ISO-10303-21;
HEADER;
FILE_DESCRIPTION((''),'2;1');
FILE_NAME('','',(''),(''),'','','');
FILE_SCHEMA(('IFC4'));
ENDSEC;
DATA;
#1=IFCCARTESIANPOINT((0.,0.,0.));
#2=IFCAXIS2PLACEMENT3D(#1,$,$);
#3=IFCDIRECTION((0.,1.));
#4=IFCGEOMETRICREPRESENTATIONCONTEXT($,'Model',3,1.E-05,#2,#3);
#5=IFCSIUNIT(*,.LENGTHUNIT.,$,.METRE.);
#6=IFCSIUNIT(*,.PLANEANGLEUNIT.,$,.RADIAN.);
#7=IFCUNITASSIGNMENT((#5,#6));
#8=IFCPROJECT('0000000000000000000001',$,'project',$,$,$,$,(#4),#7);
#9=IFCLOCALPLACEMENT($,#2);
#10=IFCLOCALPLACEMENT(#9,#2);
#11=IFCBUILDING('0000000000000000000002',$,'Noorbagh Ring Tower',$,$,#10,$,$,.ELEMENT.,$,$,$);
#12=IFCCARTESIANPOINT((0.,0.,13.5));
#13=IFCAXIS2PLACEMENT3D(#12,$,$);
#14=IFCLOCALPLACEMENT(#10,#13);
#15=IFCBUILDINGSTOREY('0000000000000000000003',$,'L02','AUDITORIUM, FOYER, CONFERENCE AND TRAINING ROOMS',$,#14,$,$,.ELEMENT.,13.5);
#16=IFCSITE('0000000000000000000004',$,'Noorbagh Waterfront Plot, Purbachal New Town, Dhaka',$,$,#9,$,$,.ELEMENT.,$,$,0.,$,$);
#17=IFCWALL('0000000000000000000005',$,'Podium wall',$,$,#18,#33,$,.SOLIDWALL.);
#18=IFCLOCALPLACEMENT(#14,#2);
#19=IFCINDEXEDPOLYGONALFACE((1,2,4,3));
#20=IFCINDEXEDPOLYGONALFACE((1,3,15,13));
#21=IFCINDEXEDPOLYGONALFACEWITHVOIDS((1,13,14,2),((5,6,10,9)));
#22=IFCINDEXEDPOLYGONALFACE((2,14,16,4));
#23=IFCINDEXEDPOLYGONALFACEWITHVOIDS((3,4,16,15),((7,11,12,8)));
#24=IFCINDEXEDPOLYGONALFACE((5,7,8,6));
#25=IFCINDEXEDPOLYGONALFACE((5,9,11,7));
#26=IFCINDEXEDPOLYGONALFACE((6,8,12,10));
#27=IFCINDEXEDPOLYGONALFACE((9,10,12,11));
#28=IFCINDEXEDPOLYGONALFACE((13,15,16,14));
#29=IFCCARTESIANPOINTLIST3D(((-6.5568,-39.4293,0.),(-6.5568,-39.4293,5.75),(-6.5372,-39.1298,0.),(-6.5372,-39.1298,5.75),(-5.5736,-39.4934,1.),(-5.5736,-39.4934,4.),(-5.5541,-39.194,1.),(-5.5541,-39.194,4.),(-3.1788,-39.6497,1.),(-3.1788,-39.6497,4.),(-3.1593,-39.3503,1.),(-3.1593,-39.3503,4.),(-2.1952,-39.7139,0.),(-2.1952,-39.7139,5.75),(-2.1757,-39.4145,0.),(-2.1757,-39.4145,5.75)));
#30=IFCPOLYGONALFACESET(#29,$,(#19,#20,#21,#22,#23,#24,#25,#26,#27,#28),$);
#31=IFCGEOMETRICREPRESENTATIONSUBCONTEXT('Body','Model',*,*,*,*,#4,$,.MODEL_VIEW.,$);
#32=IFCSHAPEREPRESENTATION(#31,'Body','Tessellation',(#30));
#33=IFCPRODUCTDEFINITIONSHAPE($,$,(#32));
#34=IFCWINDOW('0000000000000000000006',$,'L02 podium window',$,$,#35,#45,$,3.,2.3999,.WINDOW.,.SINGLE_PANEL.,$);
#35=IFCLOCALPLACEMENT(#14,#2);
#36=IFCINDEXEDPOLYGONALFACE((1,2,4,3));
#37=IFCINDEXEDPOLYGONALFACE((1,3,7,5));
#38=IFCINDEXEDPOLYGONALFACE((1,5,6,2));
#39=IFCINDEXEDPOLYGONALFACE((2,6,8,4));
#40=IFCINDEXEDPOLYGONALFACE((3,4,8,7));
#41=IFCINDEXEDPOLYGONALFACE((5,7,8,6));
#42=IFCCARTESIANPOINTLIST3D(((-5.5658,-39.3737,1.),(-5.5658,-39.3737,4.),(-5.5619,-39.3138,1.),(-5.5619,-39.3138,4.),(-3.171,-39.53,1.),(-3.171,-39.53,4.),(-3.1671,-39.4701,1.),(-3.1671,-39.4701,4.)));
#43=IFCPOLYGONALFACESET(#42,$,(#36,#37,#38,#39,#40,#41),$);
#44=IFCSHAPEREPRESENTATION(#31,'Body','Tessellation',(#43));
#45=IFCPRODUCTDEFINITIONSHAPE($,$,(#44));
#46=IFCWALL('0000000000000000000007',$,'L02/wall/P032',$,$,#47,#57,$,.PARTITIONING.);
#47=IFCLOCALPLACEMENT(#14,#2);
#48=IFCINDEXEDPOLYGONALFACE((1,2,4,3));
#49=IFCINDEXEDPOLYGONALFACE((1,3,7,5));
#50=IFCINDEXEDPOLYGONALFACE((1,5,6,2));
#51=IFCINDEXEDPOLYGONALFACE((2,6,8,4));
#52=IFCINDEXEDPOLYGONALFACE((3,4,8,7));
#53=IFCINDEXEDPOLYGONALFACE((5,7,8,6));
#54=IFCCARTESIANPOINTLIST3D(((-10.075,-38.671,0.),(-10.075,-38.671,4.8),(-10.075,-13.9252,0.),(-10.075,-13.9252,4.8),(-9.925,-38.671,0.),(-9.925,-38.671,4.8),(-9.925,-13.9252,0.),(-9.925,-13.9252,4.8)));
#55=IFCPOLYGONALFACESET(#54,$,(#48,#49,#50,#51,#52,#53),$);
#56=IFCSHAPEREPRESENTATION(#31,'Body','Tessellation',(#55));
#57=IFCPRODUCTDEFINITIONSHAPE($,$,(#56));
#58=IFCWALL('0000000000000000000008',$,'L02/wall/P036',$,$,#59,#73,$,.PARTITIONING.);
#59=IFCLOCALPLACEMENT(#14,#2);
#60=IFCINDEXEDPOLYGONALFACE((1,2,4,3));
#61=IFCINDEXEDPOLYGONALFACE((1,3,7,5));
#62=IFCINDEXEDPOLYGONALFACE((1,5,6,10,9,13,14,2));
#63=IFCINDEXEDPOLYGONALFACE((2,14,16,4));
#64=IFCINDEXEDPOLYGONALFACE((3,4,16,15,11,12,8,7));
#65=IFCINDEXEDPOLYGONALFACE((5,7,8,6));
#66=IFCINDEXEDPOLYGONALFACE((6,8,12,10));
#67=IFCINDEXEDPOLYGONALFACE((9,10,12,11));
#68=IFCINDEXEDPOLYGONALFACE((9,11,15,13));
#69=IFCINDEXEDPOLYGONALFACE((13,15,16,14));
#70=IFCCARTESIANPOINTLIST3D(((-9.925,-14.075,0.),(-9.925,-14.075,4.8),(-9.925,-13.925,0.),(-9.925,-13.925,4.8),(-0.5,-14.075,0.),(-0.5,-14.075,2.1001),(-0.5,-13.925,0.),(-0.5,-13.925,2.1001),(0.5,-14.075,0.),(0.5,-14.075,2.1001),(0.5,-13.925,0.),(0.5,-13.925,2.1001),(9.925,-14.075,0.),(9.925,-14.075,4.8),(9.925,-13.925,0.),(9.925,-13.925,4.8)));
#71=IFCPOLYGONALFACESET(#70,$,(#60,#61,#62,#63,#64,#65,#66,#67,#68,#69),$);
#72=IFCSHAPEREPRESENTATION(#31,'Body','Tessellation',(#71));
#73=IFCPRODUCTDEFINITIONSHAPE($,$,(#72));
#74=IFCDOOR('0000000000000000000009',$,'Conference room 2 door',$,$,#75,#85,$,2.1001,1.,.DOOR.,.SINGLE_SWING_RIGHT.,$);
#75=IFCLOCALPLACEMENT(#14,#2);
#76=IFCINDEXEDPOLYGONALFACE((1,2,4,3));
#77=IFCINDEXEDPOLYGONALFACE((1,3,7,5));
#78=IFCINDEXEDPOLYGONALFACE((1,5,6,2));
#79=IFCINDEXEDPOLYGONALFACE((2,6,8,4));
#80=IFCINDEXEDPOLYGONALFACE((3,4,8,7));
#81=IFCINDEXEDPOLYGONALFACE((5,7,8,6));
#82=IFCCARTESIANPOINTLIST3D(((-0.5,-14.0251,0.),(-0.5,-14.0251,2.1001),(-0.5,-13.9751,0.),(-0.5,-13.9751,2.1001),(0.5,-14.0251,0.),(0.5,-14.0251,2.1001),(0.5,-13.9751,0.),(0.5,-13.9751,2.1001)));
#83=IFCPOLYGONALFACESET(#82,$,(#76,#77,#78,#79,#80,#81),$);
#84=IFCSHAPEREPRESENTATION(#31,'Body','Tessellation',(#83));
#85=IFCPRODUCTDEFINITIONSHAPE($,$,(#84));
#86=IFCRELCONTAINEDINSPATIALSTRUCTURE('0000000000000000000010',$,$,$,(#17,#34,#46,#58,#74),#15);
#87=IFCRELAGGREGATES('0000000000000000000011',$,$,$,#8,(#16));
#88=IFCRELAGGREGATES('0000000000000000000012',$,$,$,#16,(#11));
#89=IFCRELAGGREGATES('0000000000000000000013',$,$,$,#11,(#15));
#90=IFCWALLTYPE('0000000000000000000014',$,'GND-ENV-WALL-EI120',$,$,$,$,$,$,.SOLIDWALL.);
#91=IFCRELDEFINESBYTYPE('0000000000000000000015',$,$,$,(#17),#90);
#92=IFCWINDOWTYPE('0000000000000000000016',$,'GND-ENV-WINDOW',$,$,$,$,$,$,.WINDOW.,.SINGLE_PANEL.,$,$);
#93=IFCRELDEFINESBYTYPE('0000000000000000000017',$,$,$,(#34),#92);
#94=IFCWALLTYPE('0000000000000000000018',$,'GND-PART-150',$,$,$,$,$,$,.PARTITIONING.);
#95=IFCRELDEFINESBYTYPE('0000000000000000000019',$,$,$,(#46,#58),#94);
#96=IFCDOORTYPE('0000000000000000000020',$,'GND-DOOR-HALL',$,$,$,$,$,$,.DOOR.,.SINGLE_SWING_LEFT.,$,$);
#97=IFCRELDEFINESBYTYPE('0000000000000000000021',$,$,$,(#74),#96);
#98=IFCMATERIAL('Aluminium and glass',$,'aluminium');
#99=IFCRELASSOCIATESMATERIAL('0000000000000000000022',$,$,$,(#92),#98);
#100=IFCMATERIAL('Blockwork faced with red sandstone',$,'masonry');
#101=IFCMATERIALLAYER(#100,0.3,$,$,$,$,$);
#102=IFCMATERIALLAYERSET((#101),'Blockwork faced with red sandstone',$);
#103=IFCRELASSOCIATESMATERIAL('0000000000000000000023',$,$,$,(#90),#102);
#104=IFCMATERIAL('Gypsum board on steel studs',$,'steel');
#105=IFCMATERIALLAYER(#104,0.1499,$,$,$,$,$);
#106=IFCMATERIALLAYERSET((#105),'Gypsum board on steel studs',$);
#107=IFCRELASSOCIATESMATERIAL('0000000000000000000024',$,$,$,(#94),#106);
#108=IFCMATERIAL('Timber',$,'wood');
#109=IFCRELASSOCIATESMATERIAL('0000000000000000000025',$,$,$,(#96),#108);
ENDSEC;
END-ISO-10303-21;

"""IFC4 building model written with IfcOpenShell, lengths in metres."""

from ifc_helpers import new_model, si_unit, direction, frame, frame_2d, origin, place, context, subcontext, project, spatial, rectangle, extrude, material, layer, layer_set, type_object, element, fill, save


model = new_model("IFC4")

# Units and contexts
model_context = context("Model", 3, precision=1e-05, world=origin(), true_north=direction((0.0, 1.0)))
body_context = subcontext(model_context, "Body", "Model", "MODEL_VIEW")
ifc_project = project(units=[si_unit("LENGTHUNIT", "METRE"), si_unit("PLANEANGLEUNIT", "RADIAN")], contexts=[model_context])

# Site, building, storey
site_placement = place(None, origin())
site = spatial("IfcSite", under=ifc_project, at=site_placement, Name="Noorbagh Waterfront Plot, Purbachal New Town, Dhaka", CompositionType="ELEMENT", RefElevation=0.0)
building_placement = place(site_placement, origin())
building = spatial("IfcBuilding", under=site, at=building_placement, Name="Noorbagh Ring Tower", CompositionType="ELEMENT")
storey_placement = place(building_placement, frame((0.0, 0.0, 13.5)))
storey = spatial("IfcBuildingStorey", under=building, at=storey_placement, Name="L02", Description="AUDITORIUM, FOYER, CONFERENCE AND TRAINING ROOMS", CompositionType="ELEMENT", Elevation=13.5)

# Wall, opening, window
ifc_material_1 = material(Name="Aluminium and glass", Category="aluminium")
window_type = type_object("IfcWindowType", Name="GND-ENV-WINDOW", PartitioningType="SINGLE_PANEL", PredefinedType="WINDOW", material=ifc_material_1)
ifc_material_2 = material(Name="Blockwork faced with red sandstone", Category="masonry")
ifc_layer_1 = layer(ifc_material_2, 0.3)
ifc_layer_set_1 = layer_set([ifc_layer_1], Name="Blockwork faced with red sandstone")
wall_type_1 = type_object("IfcWallType", Name="GND-ENV-WALL-EI120", PredefinedType="SOLIDWALL", material=ifc_layer_set_1)
wall_1_placement = place(storey_placement, frame((-6.5471, -39.2795, 0.0), z_axis=(0.0, 0.0, 1.0), x_axis=(0.997877, -0.065129, 0.0)))
wall_1 = element("IfcWall", 1, at=wall_1_placement, inside=storey, type_object=wall_type_1, Name="Podium wall", PredefinedType="SOLIDWALL", context=body_context, shape_type="SweptSolid", body=[
    extrude(rectangle(XDim=4.3708, YDim=0.3, at=frame_2d((2.1855, 0.0))), origin(), (0.0, 0.0, 1.0), 5.75),
])
opening_1_placement = place(wall_1_placement, frame((0.9854, 0.0, 1.0)))
opening_1 = element("IfcOpeningElement", 2, at=opening_1_placement, cuts=wall_1, PredefinedType="OPENING", context=body_context, shape_type="SweptSolid", body=[
    extrude(rectangle(XDim=2.3999, YDim=3.0, at=frame_2d((1.2, 1.5))), frame((0.0, 0.1602, 0.0), z_axis=(0.0, -1.0, 0.0), x_axis=(1.0, 0.0, 0.0)), (0.0, 0.0, 1.0), 0.3201),
])
window_1_placement = place(opening_1_placement, origin())
window_1 = element("IfcWindow", 3, at=window_1_placement, inside=storey, type_object=window_type, Name="L02 podium window", OverallHeight=3.0, OverallWidth=2.3999, PartitioningType="SINGLE_PANEL", PredefinedType="WINDOW", context=body_context, shape_type="SweptSolid", body=[
    extrude(rectangle(XDim=2.3999, YDim=3.0, at=frame_2d((1.2, 1.5))), frame((0.0, 0.03, 0.0), z_axis=(0.0, -1.0, 0.0), x_axis=(1.0, 0.0, 0.0)), (0.0, 0.0, 1.0), 0.0601),
])
fill(opening_1, window_1)

# Wall
ifc_material_3 = material(Name="Gypsum board on steel studs", Category="steel")
ifc_layer_2 = layer(ifc_material_3, 0.1499)
ifc_layer_set_2 = layer_set([ifc_layer_2], Name="Gypsum board on steel studs")
wall_type_2 = type_object("IfcWallType", Name="GND-PART-150", PredefinedType="PARTITIONING", material=ifc_layer_set_2)
wall_2_placement = place(storey_placement, frame((-10.0, -13.925, 0.0), z_axis=(0.0, 0.0, 1.0), x_axis=(0.0, -1.0, 0.0)))
element("IfcWall", 4, at=wall_2_placement, inside=storey, type_object=wall_type_2, Name="L02/wall/P032", PredefinedType="PARTITIONING", context=body_context, shape_type="SweptSolid", body=[
    extrude(rectangle(XDim=24.7458, YDim=0.1499, at=frame_2d((12.373, 0.0))), origin(), (0.0, 0.0, 1.0), 4.8),
])

# Wall, opening, door
wall_3_placement = place(storey_placement, frame((-9.925, -14.0, 0.0), z_axis=(0.0, 0.0, 1.0), x_axis=(1.0, 0.0, 0.0)))
wall_3 = element("IfcWall", 5, at=wall_3_placement, inside=storey, type_object=wall_type_2, Name="L02/wall/P036", PredefinedType="PARTITIONING", context=body_context, shape_type="SweptSolid", body=[
    extrude(rectangle(XDim=19.8501, YDim=0.1499, at=frame_2d((9.925, 0.0))), origin(), (0.0, 0.0, 1.0), 4.8),
])
opening_2_placement = place(wall_3_placement, frame((9.425, 0.0, 0.0)))
opening_2 = element("IfcOpeningElement", 6, at=opening_2_placement, cuts=wall_3, PredefinedType="OPENING", context=body_context, shape_type="SweptSolid", body=[
    extrude(rectangle(XDim=1.0, YDim=2.1001, at=frame_2d((0.5, 1.05))), frame((0.0, 0.085, 0.0), z_axis=(0.0, -1.0, 0.0), x_axis=(1.0, 0.0, 0.0)), (0.0, 0.0, 1.0), 0.1699),
])
ifc_material_4 = material(Name="Timber", Category="wood")
door_type = type_object("IfcDoorType", Name="GND-DOOR-HALL", OperationType="SINGLE_SWING_LEFT", PredefinedType="DOOR", material=ifc_material_4)
door_placement = place(opening_2_placement, origin())
door = element("IfcDoor", 7, at=door_placement, inside=storey, type_object=door_type, Name="Conference room 2 door", OperationType="SINGLE_SWING_RIGHT", OverallHeight=2.1001, OverallWidth=1.0, PredefinedType="DOOR", context=body_context, shape_type="SweptSolid", body=[
    extrude(rectangle(XDim=1.0, YDim=2.1001, at=frame_2d((0.5, 1.05))), frame((0.0, 0.0249, 0.0), z_axis=(0.0, -1.0, 0.0), x_axis=(1.0, 0.0, 0.0)), (0.0, 0.0, 1.0), 0.05),
])
fill(opening_2, door)

save(model, "model.ifc")
